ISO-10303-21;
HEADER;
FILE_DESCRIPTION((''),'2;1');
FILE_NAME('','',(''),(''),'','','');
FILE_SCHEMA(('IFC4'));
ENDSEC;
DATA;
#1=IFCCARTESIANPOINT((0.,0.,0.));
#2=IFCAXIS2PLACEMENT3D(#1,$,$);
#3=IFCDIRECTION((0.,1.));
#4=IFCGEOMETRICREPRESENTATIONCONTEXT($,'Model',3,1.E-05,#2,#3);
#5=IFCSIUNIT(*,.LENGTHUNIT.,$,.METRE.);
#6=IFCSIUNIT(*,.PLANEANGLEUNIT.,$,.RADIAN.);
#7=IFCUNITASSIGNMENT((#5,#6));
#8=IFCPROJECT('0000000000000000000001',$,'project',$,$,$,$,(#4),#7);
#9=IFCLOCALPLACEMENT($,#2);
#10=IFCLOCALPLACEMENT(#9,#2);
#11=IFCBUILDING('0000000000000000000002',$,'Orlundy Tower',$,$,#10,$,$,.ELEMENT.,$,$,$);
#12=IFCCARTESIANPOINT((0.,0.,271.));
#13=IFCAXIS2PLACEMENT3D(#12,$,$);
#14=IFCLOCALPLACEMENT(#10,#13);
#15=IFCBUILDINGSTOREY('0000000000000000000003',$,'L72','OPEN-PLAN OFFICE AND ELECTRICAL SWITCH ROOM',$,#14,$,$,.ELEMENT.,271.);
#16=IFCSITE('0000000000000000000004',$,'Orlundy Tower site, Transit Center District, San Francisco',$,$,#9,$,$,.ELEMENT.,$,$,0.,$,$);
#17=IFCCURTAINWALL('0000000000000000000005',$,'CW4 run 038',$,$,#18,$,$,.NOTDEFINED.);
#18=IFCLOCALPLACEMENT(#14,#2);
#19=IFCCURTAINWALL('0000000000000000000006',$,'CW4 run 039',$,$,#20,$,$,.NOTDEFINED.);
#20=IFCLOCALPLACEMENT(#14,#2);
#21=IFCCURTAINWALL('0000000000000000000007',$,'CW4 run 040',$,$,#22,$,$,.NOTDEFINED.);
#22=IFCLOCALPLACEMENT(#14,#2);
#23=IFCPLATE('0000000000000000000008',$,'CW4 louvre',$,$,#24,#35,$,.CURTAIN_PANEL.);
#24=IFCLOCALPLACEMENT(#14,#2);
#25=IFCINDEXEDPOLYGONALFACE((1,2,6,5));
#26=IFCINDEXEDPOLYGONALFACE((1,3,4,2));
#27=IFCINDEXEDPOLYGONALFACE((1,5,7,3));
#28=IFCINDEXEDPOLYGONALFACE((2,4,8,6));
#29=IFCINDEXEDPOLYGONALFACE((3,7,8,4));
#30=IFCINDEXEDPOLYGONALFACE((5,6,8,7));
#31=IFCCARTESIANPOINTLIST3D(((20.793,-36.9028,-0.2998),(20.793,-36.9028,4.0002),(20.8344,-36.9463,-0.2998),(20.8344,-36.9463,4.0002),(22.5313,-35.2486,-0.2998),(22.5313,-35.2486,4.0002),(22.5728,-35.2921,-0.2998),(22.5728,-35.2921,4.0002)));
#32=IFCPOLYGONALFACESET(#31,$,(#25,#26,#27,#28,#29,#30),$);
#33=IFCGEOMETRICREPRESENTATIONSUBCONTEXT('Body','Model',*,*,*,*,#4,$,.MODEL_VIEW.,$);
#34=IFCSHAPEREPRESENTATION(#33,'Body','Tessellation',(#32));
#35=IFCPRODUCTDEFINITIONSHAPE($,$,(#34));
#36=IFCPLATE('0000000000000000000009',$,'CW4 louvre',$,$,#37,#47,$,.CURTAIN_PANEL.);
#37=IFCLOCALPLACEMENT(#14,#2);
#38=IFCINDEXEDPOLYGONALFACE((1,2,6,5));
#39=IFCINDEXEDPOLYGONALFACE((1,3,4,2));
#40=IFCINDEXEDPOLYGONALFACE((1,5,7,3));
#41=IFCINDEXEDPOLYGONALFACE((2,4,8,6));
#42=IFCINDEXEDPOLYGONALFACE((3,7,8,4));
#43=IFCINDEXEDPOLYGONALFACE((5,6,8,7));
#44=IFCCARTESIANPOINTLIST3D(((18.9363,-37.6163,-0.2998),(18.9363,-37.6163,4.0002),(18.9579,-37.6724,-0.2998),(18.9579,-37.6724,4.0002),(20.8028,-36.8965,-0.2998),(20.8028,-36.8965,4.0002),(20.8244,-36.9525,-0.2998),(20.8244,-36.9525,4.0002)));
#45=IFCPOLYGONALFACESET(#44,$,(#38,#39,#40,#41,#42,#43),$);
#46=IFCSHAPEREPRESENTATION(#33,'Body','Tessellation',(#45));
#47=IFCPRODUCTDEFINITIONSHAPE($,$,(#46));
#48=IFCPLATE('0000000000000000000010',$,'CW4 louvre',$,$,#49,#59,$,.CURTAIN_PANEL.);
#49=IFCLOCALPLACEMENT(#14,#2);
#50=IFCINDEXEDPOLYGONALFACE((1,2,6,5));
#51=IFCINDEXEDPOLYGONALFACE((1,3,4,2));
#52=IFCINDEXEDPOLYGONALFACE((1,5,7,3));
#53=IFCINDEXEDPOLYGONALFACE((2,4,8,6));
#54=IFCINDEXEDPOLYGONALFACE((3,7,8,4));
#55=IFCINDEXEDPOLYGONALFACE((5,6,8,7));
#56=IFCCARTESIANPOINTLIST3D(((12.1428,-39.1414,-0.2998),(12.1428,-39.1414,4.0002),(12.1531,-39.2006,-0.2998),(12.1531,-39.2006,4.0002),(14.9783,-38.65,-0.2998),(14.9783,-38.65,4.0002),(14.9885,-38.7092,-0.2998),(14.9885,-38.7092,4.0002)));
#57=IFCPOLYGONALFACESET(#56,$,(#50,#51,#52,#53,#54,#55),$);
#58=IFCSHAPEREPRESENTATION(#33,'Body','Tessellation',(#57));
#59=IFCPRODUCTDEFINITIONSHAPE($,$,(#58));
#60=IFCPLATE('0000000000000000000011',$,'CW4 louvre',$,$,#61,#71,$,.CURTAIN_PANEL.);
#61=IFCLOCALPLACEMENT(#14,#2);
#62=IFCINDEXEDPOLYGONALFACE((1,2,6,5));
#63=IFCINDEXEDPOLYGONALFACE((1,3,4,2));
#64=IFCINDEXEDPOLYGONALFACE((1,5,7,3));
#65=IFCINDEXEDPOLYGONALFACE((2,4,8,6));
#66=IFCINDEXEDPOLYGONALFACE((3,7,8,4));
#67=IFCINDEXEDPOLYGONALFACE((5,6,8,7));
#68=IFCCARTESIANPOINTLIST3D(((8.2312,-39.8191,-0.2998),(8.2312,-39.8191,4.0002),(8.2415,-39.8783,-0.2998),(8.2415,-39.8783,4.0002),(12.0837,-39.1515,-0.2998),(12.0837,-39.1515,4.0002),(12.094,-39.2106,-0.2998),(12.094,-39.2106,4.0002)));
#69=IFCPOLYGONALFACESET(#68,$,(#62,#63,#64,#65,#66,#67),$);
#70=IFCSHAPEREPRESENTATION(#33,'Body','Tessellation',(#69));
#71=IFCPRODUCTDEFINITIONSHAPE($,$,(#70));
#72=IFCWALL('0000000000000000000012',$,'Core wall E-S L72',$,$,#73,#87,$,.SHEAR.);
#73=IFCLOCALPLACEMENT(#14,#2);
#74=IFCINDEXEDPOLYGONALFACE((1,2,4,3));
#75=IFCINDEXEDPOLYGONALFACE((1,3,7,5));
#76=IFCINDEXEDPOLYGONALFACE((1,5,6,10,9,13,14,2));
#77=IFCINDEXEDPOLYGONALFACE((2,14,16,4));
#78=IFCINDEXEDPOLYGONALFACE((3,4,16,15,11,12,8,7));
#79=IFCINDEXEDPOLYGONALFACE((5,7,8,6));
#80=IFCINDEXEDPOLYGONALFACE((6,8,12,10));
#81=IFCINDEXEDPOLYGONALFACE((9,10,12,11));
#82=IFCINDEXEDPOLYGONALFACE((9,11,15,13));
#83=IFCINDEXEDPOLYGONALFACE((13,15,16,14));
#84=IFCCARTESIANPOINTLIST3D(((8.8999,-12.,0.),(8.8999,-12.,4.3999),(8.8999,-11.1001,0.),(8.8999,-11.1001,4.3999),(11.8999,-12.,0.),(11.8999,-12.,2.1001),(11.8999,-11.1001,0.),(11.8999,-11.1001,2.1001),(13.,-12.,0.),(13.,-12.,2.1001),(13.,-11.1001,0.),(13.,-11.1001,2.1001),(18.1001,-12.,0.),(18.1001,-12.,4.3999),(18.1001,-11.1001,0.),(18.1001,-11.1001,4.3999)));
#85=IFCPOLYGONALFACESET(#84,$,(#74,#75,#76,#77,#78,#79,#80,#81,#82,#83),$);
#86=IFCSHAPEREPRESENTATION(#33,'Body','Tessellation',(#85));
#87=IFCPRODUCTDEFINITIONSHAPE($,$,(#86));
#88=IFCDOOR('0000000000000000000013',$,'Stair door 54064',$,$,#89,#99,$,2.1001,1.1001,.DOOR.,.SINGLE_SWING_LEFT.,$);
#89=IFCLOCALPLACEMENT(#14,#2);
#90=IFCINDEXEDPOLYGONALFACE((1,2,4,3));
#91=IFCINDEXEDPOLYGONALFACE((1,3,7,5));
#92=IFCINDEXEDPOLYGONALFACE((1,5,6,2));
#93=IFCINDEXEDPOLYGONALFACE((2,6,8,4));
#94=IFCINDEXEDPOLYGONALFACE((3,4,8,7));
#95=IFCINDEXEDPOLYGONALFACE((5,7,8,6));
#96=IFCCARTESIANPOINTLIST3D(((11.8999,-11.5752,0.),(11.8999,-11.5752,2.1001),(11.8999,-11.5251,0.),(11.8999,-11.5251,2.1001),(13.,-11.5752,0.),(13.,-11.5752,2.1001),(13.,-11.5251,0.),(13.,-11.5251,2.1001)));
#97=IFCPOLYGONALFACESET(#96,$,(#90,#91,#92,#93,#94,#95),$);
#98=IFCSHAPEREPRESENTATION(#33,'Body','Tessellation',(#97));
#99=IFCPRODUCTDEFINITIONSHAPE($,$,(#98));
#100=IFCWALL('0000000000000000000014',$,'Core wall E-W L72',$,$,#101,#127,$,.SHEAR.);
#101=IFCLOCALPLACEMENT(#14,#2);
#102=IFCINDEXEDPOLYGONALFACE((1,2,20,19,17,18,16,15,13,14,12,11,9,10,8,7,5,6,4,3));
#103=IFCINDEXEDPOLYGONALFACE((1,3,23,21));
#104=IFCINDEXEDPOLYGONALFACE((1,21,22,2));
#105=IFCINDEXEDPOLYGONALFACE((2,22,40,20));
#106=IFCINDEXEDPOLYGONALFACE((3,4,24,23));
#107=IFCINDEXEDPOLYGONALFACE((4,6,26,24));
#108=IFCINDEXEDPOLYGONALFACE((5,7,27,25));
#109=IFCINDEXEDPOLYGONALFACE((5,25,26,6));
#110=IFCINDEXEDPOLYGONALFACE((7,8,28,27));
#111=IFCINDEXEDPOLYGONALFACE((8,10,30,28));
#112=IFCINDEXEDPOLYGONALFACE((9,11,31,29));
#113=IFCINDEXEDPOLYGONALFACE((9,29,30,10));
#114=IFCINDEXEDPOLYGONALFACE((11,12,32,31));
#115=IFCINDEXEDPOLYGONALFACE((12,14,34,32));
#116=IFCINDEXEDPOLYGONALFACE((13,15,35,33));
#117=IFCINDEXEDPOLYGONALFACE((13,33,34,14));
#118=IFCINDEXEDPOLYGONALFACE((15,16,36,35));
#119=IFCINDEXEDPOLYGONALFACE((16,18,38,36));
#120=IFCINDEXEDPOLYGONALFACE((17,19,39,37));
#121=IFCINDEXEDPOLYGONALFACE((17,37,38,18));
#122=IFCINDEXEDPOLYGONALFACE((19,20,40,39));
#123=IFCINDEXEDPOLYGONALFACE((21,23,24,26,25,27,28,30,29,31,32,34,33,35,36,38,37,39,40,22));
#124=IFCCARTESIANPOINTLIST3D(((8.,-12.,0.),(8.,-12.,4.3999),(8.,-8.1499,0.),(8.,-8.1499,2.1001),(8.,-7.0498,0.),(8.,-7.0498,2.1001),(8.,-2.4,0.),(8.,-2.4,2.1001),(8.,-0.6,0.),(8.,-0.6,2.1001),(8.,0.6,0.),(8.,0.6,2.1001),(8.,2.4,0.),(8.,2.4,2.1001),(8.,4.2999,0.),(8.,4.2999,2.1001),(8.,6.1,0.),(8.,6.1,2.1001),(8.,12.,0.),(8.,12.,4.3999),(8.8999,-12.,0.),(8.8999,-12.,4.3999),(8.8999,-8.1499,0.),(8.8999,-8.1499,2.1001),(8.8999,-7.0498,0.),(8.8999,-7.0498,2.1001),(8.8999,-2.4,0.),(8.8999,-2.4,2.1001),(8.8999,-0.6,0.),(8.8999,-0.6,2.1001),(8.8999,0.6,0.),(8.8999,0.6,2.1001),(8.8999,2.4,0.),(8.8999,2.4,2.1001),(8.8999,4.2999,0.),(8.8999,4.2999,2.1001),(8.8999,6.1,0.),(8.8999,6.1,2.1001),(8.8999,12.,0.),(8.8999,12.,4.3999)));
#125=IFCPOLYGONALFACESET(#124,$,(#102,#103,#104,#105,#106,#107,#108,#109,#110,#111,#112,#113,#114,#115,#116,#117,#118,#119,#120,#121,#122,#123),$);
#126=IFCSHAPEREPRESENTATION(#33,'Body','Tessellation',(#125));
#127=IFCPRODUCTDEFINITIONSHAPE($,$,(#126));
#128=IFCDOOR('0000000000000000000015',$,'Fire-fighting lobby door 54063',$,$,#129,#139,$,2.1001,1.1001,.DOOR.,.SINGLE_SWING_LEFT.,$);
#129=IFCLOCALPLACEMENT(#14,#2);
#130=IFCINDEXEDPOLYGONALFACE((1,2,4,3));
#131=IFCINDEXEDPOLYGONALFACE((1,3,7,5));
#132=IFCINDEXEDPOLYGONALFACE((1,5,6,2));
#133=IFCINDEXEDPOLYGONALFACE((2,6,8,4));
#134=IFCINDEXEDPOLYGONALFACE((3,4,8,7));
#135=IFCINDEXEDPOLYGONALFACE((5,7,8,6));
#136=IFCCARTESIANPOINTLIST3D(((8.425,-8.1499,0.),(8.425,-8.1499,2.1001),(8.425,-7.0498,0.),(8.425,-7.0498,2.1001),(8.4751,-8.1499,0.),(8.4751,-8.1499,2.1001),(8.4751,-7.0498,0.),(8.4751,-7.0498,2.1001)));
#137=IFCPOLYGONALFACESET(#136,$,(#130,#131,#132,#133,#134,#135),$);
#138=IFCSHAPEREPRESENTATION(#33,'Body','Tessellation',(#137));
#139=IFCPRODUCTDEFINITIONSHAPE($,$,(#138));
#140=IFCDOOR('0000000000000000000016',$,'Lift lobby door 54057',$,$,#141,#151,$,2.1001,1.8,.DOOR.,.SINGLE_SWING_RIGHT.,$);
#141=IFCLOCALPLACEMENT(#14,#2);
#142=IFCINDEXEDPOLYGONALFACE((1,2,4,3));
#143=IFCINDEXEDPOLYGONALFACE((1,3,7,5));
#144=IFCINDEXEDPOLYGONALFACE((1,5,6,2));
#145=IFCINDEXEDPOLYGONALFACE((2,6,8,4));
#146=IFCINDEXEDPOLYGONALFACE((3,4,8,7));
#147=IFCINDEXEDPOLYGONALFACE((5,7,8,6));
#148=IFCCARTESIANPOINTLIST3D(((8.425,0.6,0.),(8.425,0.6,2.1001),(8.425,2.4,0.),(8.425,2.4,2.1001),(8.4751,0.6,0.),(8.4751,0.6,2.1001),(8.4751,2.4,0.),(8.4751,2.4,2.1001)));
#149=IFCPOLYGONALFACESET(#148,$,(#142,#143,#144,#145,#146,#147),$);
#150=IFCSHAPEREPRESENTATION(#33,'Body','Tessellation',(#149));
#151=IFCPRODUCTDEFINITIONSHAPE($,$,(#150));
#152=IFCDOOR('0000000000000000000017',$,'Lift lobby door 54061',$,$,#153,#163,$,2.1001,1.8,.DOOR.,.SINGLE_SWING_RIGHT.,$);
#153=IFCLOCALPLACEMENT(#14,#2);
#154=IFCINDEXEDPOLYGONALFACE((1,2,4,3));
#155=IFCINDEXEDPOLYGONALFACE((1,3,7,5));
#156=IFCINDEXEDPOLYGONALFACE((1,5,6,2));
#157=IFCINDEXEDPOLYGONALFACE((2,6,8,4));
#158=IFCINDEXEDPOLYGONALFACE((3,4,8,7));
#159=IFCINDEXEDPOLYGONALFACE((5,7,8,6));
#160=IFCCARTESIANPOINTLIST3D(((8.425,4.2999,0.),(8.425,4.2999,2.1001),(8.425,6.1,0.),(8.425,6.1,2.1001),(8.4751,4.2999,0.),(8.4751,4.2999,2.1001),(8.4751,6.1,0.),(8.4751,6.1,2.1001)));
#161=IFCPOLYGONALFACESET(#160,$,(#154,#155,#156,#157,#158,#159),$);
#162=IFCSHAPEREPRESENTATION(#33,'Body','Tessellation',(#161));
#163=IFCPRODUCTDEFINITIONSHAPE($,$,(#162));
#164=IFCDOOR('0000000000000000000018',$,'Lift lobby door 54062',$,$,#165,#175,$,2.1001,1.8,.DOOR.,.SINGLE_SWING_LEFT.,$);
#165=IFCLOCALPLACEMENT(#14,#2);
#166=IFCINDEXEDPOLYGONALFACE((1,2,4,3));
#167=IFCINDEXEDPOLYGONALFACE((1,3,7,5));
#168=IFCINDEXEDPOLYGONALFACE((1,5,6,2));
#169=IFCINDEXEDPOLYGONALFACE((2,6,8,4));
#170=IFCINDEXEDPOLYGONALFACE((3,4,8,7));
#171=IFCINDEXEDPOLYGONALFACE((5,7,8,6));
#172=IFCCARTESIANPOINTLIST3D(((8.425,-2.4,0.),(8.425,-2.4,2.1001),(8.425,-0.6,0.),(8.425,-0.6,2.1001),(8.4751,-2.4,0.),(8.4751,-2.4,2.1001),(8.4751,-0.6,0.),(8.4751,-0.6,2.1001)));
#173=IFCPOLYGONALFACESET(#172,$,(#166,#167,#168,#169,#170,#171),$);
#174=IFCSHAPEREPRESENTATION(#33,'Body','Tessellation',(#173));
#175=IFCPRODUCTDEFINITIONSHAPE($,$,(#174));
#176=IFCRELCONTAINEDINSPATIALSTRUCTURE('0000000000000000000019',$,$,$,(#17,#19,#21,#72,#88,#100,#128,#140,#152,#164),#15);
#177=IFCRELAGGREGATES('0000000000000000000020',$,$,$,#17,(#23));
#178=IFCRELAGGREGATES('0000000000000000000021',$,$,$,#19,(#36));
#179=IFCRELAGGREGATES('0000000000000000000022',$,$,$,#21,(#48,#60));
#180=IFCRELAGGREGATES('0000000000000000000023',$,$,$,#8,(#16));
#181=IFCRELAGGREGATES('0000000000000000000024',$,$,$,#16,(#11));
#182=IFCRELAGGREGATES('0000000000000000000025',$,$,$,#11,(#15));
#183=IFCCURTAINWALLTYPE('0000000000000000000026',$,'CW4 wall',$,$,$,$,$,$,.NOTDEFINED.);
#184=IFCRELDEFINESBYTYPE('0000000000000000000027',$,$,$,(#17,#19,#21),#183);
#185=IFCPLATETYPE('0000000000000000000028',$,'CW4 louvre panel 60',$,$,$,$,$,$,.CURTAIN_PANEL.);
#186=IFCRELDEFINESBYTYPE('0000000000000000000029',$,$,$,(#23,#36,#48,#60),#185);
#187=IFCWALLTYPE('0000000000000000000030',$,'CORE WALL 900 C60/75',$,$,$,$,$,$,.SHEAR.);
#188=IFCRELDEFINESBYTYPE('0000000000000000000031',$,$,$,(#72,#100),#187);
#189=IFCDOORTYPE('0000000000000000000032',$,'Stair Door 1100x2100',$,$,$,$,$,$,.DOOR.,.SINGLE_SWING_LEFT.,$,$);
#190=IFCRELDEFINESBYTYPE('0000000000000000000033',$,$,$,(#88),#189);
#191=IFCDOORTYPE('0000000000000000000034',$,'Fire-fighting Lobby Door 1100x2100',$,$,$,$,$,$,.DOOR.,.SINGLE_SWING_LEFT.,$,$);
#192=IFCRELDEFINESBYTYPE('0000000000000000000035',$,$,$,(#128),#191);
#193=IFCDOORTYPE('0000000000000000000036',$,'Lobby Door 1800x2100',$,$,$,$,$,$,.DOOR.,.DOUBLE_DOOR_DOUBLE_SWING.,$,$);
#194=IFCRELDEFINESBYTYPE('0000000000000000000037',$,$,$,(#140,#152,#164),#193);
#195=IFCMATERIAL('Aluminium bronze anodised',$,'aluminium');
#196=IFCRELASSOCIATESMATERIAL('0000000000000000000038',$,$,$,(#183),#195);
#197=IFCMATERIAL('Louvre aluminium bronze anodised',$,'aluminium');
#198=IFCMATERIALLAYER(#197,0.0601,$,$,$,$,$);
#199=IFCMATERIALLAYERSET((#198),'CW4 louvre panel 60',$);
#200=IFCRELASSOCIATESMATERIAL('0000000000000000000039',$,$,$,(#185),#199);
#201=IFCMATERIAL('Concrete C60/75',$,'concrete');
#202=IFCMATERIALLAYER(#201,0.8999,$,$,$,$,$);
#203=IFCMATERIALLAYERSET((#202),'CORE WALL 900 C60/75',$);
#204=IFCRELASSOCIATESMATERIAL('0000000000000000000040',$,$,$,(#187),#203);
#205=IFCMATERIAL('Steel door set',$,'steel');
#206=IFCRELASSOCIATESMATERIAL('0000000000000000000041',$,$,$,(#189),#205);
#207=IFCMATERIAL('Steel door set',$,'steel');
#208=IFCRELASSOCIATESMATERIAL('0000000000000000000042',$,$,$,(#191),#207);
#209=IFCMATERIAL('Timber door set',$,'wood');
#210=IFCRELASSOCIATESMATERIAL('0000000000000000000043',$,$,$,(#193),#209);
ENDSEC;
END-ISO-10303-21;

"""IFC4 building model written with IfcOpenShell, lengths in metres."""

from ifc_helpers import new_model, si_unit, direction, frame, frame_2d, origin, origin_2d, place, context, subcontext, project, spatial, rectangle, extrude, material, layer, layer_set, type_object, element, fill, aggregate, save


model = new_model("IFC4")

# Units and contexts
model_context = context("Model", 3, precision=1e-05, world=origin(), true_north=direction((0.0, 1.0)))
body_context = subcontext(model_context, "Body", "Model", "MODEL_VIEW")
ifc_project = project(units=[si_unit("LENGTHUNIT", "METRE"), si_unit("PLANEANGLEUNIT", "RADIAN")], contexts=[model_context])

# Site, building, storey
site_placement = place(None, origin())
site = spatial("IfcSite", under=ifc_project, at=site_placement, Name="Orlundy Tower site, Transit Center District, San Francisco", CompositionType="ELEMENT", RefElevation=0.0)
building_placement = place(site_placement, origin())
building = spatial("IfcBuilding", under=site, at=building_placement, Name="Orlundy Tower", CompositionType="ELEMENT")
storey_placement = place(building_placement, frame((0.0, 0.0, 271.0)))
storey = spatial("IfcBuildingStorey", under=building, at=storey_placement, Name="L72", Description="OPEN-PLAN OFFICE AND ELECTRICAL SWITCH ROOM", CompositionType="ELEMENT", Elevation=271.0)

# Curtain walls
ifc_material_1 = material(Name="Aluminium bronze anodised", Category="aluminium")
curtain_wall_type = type_object("IfcCurtainWallType", Name="CW4 wall", PredefinedType="NOTDEFINED", material=ifc_material_1)
curtain_wall_1_placement = place(storey_placement, origin())
curtain_wall_1 = element("IfcCurtainWall", 1, at=curtain_wall_1_placement, inside=storey, type_object=curtain_wall_type, Name="CW4 run 038", PredefinedType="NOTDEFINED")
curtain_wall_2_placement = place(storey_placement, origin())
curtain_wall_2 = element("IfcCurtainWall", 2, at=curtain_wall_2_placement, inside=storey, type_object=curtain_wall_type, Name="CW4 run 039", PredefinedType="NOTDEFINED")
curtain_wall_3_placement = place(storey_placement, origin())
curtain_wall_3 = element("IfcCurtainWall", 3, at=curtain_wall_3_placement, inside=storey, type_object=curtain_wall_type, Name="CW4 run 040", PredefinedType="NOTDEFINED")

# Shared definitions
ifc_material_2 = material(Name="Louvre aluminium bronze anodised", Category="aluminium")
ifc_layer_1 = layer(ifc_material_2, 0.0601)
ifc_layer_set_1 = layer_set([ifc_layer_1], Name="CW4 louvre panel 60")
plate_type = type_object("IfcPlateType", Name="CW4 louvre panel 60", PredefinedType="CURTAIN_PANEL", material=ifc_layer_set_1)

# Plates
plate_1_placement = place(storey_placement, frame((21.6829, -36.0974, -0.2998), z_axis=(0.0, 0.0, 1.0), x_axis=(-0.724427, -0.689352, 0.0)))
plate_1 = element("IfcPlate", 4, at=plate_1_placement, type_object=plate_type, Name="CW4 louvre", PredefinedType="CURTAIN_PANEL", context=body_context, shape_type="SweptSolid", body=[
    extrude(rectangle(XDim=2.3997, YDim=0.0601, at=origin_2d()), origin(), (0.0, 0.0, 1.0), 4.3),
])
aggregate(curtain_wall_1, [plate_1])
plate_2_placement = place(storey_placement, frame((19.8804, -37.2844, -0.2998), z_axis=(0.0, 0.0, 1.0), x_axis=(-0.933018, -0.359828, 0.0)))
plate_2 = element("IfcPlate", 5, at=plate_2_placement, type_object=plate_type, Name="CW4 louvre", PredefinedType="CURTAIN_PANEL", context=body_context, shape_type="SweptSolid", body=[
    extrude(rectangle(XDim=2.0005, YDim=0.0601, at=origin_2d()), origin(), (0.0, 0.0, 1.0), 4.3),
])
aggregate(curtain_wall_2, [plate_2])
plate_3_placement = place(storey_placement, frame((13.5657, -38.9253, -0.2998), z_axis=(0.0, 0.0, 1.0), x_axis=(-0.985312, -0.170766, 0.0)))
plate_3 = element("IfcPlate", 6, at=plate_3_placement, type_object=plate_type, Name="CW4 louvre", PredefinedType="CURTAIN_PANEL", context=body_context, shape_type="SweptSolid", body=[
    extrude(rectangle(XDim=2.8777, YDim=0.0601, at=origin_2d()), origin(), (0.0, 0.0, 1.0), 4.3),
])
plate_4_placement = place(storey_placement, frame((10.1626, -39.5149, -0.2998), z_axis=(0.0, 0.0, 1.0), x_axis=(-0.985312, -0.170766, 0.0)))
plate_4 = element("IfcPlate", 7, at=plate_4_placement, type_object=plate_type, Name="CW4 louvre", PredefinedType="CURTAIN_PANEL", context=body_context, shape_type="SweptSolid", body=[
    extrude(rectangle(XDim=3.9099, YDim=0.0601, at=origin_2d()), origin(), (0.0, 0.0, 1.0), 4.3),
])
aggregate(curtain_wall_3, [plate_3, plate_4])

# Wall, opening, door
ifc_material_3 = material(Name="Concrete C60/75", Category="concrete")
ifc_layer_2 = layer(ifc_material_3, 0.8999)
ifc_layer_set_2 = layer_set([ifc_layer_2], Name="CORE WALL 900 C60/75")
wall_type = type_object("IfcWallType", Name="CORE WALL 900 C60/75", PredefinedType="SHEAR", material=ifc_layer_set_2)
wall_1_placement = place(storey_placement, frame((8.8999, -11.55, 0.0), z_axis=(0.0, 0.0, 1.0), x_axis=(1.0, 0.0, 0.0)))
wall_1 = element("IfcWall", 8, at=wall_1_placement, inside=storey, type_object=wall_type, Name="Core wall E-S L72", PredefinedType="SHEAR", context=body_context, shape_type="SweptSolid", body=[
    extrude(rectangle(XDim=9.2002, YDim=0.8999, at=frame_2d((4.6001, 0.0))), origin(), (0.0, 0.0, 1.0), 4.3999),
])
opening_1_placement = place(wall_1_placement, frame((3.0, 0.0, 0.0)))
opening_1 = element("IfcOpeningElement", 9, at=opening_1_placement, cuts=wall_1, PredefinedType="OPENING", context=body_context, shape_type="SweptSolid", body=[
    extrude(rectangle(XDim=1.1001, YDim=2.1001, at=frame_2d((0.55, 1.05))), frame((0.0, 0.46, 0.0), z_axis=(0.0, -1.0, 0.0), x_axis=(1.0, 0.0, 0.0)), (0.0, 0.0, 1.0), 0.9199),
])
ifc_material_4 = material(Name="Steel door set", Category="steel")
door_type_1 = type_object("IfcDoorType", Name="Stair Door 1100x2100", OperationType="SINGLE_SWING_LEFT", PredefinedType="DOOR", material=ifc_material_4)
door_1_placement = place(opening_1_placement, origin())
door_1 = element("IfcDoor", 10, at=door_1_placement, inside=storey, type_object=door_type_1, Name="Stair door 54064", OperationType="SINGLE_SWING_LEFT", OverallHeight=2.1001, OverallWidth=1.1001, PredefinedType="DOOR", context=body_context, shape_type="SweptSolid", body=[
    extrude(rectangle(XDim=1.1001, YDim=2.1001, at=frame_2d((0.55, 1.05))), frame((0.0, 0.0249, 0.0), z_axis=(0.0, -1.0, 0.0), x_axis=(1.0, 0.0, 0.0)), (0.0, 0.0, 1.0), 0.05),
])
fill(opening_1, door_1)

# Wall, openings, doors
wall_2_placement = place(storey_placement, frame((8.45, -12.0, 0.0), z_axis=(0.0, 0.0, 1.0), x_axis=(0.0, 1.0, 0.0)))
wall_2 = element("IfcWall", 11, at=wall_2_placement, inside=storey, type_object=wall_type, Name="Core wall E-W L72", PredefinedType="SHEAR", context=body_context, shape_type="SweptSolid", body=[
    extrude(rectangle(XDim=24.0, YDim=0.8999, at=frame_2d((12.0, 0.0))), origin(), (0.0, 0.0, 1.0), 4.3999),
])
opening_2_placement = place(wall_2_placement, frame((12.6001, 0.0, 0.0)))
opening_2 = element("IfcOpeningElement", 12, at=opening_2_placement, cuts=wall_2, PredefinedType="OPENING", context=body_context, shape_type="SweptSolid", body=[
    extrude(rectangle(XDim=1.8, YDim=2.1001, at=frame_2d((0.8999, 1.05))), frame((0.0, 0.46, 0.0), z_axis=(0.0, -1.0, 0.0), x_axis=(1.0, 0.0, 0.0)), (0.0, 0.0, 1.0), 0.9199),
])
opening_3_placement = place(wall_2_placement, frame((16.3, 0.0, 0.0)))
opening_3 = element("IfcOpeningElement", 13, at=opening_3_placement, cuts=wall_2, PredefinedType="OPENING", context=body_context, shape_type="SweptSolid", body=[
    extrude(rectangle(XDim=1.8, YDim=2.1001, at=frame_2d((0.8999, 1.05))), frame((0.0, 0.46, 0.0), z_axis=(0.0, -1.0, 0.0), x_axis=(1.0, 0.0, 0.0)), (0.0, 0.0, 1.0), 0.9199),
])
opening_4_placement = place(wall_2_placement, frame((9.6001, 0.0, 0.0)))
opening_4 = element("IfcOpeningElement", 14, at=opening_4_placement, cuts=wall_2, PredefinedType="OPENING", context=body_context, shape_type="SweptSolid", body=[
    extrude(rectangle(XDim=1.8, YDim=2.1001, at=frame_2d((0.8999, 1.05))), frame((0.0, 0.46, 0.0), z_axis=(0.0, -1.0, 0.0), x_axis=(1.0, 0.0, 0.0)), (0.0, 0.0, 1.0), 0.9199),
])
opening_5_placement = place(wall_2_placement, frame((3.8501, 0.0, 0.0)))
opening_5 = element("IfcOpeningElement", 15, at=opening_5_placement, cuts=wall_2, PredefinedType="OPENING", context=body_context, shape_type="SweptSolid", body=[
    extrude(rectangle(XDim=1.1001, YDim=2.1001, at=frame_2d((0.55, 1.05))), frame((0.0, 0.46, 0.0), z_axis=(0.0, -1.0, 0.0), x_axis=(1.0, 0.0, 0.0)), (0.0, 0.0, 1.0), 0.9199),
])
ifc_material_5 = material(Name="Steel door set", Category="steel")
door_type_2 = type_object("IfcDoorType", Name="Fire-fighting Lobby Door 1100x2100", OperationType="SINGLE_SWING_LEFT", PredefinedType="DOOR", material=ifc_material_5)
door_2_placement = place(opening_5_placement, origin())
door_2 = element("IfcDoor", 16, at=door_2_placement, inside=storey, type_object=door_type_2, Name="Fire-fighting lobby door 54063", OperationType="SINGLE_SWING_LEFT", OverallHeight=2.1001, OverallWidth=1.1001, PredefinedType="DOOR", context=body_context, shape_type="SweptSolid", body=[
    extrude(rectangle(XDim=1.1001, YDim=2.1001, at=frame_2d((0.55, 1.05))), frame((0.0, 0.0249, 0.0), z_axis=(0.0, -1.0, 0.0), x_axis=(1.0, 0.0, 0.0)), (0.0, 0.0, 1.0), 0.05),
])
fill(opening_5, door_2)
ifc_material_6 = material(Name="Timber door set", Category="wood")
door_type_3 = type_object("IfcDoorType", Name="Lobby Door 1800x2100", OperationType="DOUBLE_DOOR_DOUBLE_SWING", PredefinedType="DOOR", material=ifc_material_6)
door_3_placement = place(opening_2_placement, origin())
door_3 = element("IfcDoor", 17, at=door_3_placement, inside=storey, type_object=door_type_3, Name="Lift lobby door 54057", OperationType="SINGLE_SWING_RIGHT", OverallHeight=2.1001, OverallWidth=1.8, PredefinedType="DOOR", context=body_context, shape_type="SweptSolid", body=[
    extrude(rectangle(XDim=1.8, YDim=2.1001, at=frame_2d((0.8999, 1.05))), frame((0.0, 0.0249, 0.0), z_axis=(0.0, -1.0, 0.0), x_axis=(1.0, 0.0, 0.0)), (0.0, 0.0, 1.0), 0.05),
])
fill(opening_2, door_3)
door_4_placement = place(opening_3_placement, origin())
door_4 = element("IfcDoor", 18, at=door_4_placement, inside=storey, type_object=door_type_3, Name="Lift lobby door 54061", OperationType="SINGLE_SWING_RIGHT", OverallHeight=2.1001, OverallWidth=1.8, PredefinedType="DOOR", context=body_context, shape_type="SweptSolid", body=[
    extrude(rectangle(XDim=1.8, YDim=2.1001, at=frame_2d((0.8999, 1.05))), frame((0.0, 0.0249, 0.0), z_axis=(0.0, -1.0, 0.0), x_axis=(1.0, 0.0, 0.0)), (0.0, 0.0, 1.0), 0.05),
])
fill(opening_3, door_4)
door_5_placement = place(opening_4_placement, origin())
door_5 = element("IfcDoor", 19, at=door_5_placement, inside=storey, type_object=door_type_3, Name="Lift lobby door 54062", OperationType="SINGLE_SWING_LEFT", OverallHeight=2.1001, OverallWidth=1.8, PredefinedType="DOOR", context=body_context, shape_type="SweptSolid", body=[
    extrude(rectangle(XDim=1.8, YDim=2.1001, at=frame_2d((0.8999, 1.05))), frame((0.0, 0.0249, 0.0), z_axis=(0.0, -1.0, 0.0), x_axis=(1.0, 0.0, 0.0)), (0.0, 0.0, 1.0), 0.05),
])
fill(opening_4, door_5)

save(model, "model.ifc")
